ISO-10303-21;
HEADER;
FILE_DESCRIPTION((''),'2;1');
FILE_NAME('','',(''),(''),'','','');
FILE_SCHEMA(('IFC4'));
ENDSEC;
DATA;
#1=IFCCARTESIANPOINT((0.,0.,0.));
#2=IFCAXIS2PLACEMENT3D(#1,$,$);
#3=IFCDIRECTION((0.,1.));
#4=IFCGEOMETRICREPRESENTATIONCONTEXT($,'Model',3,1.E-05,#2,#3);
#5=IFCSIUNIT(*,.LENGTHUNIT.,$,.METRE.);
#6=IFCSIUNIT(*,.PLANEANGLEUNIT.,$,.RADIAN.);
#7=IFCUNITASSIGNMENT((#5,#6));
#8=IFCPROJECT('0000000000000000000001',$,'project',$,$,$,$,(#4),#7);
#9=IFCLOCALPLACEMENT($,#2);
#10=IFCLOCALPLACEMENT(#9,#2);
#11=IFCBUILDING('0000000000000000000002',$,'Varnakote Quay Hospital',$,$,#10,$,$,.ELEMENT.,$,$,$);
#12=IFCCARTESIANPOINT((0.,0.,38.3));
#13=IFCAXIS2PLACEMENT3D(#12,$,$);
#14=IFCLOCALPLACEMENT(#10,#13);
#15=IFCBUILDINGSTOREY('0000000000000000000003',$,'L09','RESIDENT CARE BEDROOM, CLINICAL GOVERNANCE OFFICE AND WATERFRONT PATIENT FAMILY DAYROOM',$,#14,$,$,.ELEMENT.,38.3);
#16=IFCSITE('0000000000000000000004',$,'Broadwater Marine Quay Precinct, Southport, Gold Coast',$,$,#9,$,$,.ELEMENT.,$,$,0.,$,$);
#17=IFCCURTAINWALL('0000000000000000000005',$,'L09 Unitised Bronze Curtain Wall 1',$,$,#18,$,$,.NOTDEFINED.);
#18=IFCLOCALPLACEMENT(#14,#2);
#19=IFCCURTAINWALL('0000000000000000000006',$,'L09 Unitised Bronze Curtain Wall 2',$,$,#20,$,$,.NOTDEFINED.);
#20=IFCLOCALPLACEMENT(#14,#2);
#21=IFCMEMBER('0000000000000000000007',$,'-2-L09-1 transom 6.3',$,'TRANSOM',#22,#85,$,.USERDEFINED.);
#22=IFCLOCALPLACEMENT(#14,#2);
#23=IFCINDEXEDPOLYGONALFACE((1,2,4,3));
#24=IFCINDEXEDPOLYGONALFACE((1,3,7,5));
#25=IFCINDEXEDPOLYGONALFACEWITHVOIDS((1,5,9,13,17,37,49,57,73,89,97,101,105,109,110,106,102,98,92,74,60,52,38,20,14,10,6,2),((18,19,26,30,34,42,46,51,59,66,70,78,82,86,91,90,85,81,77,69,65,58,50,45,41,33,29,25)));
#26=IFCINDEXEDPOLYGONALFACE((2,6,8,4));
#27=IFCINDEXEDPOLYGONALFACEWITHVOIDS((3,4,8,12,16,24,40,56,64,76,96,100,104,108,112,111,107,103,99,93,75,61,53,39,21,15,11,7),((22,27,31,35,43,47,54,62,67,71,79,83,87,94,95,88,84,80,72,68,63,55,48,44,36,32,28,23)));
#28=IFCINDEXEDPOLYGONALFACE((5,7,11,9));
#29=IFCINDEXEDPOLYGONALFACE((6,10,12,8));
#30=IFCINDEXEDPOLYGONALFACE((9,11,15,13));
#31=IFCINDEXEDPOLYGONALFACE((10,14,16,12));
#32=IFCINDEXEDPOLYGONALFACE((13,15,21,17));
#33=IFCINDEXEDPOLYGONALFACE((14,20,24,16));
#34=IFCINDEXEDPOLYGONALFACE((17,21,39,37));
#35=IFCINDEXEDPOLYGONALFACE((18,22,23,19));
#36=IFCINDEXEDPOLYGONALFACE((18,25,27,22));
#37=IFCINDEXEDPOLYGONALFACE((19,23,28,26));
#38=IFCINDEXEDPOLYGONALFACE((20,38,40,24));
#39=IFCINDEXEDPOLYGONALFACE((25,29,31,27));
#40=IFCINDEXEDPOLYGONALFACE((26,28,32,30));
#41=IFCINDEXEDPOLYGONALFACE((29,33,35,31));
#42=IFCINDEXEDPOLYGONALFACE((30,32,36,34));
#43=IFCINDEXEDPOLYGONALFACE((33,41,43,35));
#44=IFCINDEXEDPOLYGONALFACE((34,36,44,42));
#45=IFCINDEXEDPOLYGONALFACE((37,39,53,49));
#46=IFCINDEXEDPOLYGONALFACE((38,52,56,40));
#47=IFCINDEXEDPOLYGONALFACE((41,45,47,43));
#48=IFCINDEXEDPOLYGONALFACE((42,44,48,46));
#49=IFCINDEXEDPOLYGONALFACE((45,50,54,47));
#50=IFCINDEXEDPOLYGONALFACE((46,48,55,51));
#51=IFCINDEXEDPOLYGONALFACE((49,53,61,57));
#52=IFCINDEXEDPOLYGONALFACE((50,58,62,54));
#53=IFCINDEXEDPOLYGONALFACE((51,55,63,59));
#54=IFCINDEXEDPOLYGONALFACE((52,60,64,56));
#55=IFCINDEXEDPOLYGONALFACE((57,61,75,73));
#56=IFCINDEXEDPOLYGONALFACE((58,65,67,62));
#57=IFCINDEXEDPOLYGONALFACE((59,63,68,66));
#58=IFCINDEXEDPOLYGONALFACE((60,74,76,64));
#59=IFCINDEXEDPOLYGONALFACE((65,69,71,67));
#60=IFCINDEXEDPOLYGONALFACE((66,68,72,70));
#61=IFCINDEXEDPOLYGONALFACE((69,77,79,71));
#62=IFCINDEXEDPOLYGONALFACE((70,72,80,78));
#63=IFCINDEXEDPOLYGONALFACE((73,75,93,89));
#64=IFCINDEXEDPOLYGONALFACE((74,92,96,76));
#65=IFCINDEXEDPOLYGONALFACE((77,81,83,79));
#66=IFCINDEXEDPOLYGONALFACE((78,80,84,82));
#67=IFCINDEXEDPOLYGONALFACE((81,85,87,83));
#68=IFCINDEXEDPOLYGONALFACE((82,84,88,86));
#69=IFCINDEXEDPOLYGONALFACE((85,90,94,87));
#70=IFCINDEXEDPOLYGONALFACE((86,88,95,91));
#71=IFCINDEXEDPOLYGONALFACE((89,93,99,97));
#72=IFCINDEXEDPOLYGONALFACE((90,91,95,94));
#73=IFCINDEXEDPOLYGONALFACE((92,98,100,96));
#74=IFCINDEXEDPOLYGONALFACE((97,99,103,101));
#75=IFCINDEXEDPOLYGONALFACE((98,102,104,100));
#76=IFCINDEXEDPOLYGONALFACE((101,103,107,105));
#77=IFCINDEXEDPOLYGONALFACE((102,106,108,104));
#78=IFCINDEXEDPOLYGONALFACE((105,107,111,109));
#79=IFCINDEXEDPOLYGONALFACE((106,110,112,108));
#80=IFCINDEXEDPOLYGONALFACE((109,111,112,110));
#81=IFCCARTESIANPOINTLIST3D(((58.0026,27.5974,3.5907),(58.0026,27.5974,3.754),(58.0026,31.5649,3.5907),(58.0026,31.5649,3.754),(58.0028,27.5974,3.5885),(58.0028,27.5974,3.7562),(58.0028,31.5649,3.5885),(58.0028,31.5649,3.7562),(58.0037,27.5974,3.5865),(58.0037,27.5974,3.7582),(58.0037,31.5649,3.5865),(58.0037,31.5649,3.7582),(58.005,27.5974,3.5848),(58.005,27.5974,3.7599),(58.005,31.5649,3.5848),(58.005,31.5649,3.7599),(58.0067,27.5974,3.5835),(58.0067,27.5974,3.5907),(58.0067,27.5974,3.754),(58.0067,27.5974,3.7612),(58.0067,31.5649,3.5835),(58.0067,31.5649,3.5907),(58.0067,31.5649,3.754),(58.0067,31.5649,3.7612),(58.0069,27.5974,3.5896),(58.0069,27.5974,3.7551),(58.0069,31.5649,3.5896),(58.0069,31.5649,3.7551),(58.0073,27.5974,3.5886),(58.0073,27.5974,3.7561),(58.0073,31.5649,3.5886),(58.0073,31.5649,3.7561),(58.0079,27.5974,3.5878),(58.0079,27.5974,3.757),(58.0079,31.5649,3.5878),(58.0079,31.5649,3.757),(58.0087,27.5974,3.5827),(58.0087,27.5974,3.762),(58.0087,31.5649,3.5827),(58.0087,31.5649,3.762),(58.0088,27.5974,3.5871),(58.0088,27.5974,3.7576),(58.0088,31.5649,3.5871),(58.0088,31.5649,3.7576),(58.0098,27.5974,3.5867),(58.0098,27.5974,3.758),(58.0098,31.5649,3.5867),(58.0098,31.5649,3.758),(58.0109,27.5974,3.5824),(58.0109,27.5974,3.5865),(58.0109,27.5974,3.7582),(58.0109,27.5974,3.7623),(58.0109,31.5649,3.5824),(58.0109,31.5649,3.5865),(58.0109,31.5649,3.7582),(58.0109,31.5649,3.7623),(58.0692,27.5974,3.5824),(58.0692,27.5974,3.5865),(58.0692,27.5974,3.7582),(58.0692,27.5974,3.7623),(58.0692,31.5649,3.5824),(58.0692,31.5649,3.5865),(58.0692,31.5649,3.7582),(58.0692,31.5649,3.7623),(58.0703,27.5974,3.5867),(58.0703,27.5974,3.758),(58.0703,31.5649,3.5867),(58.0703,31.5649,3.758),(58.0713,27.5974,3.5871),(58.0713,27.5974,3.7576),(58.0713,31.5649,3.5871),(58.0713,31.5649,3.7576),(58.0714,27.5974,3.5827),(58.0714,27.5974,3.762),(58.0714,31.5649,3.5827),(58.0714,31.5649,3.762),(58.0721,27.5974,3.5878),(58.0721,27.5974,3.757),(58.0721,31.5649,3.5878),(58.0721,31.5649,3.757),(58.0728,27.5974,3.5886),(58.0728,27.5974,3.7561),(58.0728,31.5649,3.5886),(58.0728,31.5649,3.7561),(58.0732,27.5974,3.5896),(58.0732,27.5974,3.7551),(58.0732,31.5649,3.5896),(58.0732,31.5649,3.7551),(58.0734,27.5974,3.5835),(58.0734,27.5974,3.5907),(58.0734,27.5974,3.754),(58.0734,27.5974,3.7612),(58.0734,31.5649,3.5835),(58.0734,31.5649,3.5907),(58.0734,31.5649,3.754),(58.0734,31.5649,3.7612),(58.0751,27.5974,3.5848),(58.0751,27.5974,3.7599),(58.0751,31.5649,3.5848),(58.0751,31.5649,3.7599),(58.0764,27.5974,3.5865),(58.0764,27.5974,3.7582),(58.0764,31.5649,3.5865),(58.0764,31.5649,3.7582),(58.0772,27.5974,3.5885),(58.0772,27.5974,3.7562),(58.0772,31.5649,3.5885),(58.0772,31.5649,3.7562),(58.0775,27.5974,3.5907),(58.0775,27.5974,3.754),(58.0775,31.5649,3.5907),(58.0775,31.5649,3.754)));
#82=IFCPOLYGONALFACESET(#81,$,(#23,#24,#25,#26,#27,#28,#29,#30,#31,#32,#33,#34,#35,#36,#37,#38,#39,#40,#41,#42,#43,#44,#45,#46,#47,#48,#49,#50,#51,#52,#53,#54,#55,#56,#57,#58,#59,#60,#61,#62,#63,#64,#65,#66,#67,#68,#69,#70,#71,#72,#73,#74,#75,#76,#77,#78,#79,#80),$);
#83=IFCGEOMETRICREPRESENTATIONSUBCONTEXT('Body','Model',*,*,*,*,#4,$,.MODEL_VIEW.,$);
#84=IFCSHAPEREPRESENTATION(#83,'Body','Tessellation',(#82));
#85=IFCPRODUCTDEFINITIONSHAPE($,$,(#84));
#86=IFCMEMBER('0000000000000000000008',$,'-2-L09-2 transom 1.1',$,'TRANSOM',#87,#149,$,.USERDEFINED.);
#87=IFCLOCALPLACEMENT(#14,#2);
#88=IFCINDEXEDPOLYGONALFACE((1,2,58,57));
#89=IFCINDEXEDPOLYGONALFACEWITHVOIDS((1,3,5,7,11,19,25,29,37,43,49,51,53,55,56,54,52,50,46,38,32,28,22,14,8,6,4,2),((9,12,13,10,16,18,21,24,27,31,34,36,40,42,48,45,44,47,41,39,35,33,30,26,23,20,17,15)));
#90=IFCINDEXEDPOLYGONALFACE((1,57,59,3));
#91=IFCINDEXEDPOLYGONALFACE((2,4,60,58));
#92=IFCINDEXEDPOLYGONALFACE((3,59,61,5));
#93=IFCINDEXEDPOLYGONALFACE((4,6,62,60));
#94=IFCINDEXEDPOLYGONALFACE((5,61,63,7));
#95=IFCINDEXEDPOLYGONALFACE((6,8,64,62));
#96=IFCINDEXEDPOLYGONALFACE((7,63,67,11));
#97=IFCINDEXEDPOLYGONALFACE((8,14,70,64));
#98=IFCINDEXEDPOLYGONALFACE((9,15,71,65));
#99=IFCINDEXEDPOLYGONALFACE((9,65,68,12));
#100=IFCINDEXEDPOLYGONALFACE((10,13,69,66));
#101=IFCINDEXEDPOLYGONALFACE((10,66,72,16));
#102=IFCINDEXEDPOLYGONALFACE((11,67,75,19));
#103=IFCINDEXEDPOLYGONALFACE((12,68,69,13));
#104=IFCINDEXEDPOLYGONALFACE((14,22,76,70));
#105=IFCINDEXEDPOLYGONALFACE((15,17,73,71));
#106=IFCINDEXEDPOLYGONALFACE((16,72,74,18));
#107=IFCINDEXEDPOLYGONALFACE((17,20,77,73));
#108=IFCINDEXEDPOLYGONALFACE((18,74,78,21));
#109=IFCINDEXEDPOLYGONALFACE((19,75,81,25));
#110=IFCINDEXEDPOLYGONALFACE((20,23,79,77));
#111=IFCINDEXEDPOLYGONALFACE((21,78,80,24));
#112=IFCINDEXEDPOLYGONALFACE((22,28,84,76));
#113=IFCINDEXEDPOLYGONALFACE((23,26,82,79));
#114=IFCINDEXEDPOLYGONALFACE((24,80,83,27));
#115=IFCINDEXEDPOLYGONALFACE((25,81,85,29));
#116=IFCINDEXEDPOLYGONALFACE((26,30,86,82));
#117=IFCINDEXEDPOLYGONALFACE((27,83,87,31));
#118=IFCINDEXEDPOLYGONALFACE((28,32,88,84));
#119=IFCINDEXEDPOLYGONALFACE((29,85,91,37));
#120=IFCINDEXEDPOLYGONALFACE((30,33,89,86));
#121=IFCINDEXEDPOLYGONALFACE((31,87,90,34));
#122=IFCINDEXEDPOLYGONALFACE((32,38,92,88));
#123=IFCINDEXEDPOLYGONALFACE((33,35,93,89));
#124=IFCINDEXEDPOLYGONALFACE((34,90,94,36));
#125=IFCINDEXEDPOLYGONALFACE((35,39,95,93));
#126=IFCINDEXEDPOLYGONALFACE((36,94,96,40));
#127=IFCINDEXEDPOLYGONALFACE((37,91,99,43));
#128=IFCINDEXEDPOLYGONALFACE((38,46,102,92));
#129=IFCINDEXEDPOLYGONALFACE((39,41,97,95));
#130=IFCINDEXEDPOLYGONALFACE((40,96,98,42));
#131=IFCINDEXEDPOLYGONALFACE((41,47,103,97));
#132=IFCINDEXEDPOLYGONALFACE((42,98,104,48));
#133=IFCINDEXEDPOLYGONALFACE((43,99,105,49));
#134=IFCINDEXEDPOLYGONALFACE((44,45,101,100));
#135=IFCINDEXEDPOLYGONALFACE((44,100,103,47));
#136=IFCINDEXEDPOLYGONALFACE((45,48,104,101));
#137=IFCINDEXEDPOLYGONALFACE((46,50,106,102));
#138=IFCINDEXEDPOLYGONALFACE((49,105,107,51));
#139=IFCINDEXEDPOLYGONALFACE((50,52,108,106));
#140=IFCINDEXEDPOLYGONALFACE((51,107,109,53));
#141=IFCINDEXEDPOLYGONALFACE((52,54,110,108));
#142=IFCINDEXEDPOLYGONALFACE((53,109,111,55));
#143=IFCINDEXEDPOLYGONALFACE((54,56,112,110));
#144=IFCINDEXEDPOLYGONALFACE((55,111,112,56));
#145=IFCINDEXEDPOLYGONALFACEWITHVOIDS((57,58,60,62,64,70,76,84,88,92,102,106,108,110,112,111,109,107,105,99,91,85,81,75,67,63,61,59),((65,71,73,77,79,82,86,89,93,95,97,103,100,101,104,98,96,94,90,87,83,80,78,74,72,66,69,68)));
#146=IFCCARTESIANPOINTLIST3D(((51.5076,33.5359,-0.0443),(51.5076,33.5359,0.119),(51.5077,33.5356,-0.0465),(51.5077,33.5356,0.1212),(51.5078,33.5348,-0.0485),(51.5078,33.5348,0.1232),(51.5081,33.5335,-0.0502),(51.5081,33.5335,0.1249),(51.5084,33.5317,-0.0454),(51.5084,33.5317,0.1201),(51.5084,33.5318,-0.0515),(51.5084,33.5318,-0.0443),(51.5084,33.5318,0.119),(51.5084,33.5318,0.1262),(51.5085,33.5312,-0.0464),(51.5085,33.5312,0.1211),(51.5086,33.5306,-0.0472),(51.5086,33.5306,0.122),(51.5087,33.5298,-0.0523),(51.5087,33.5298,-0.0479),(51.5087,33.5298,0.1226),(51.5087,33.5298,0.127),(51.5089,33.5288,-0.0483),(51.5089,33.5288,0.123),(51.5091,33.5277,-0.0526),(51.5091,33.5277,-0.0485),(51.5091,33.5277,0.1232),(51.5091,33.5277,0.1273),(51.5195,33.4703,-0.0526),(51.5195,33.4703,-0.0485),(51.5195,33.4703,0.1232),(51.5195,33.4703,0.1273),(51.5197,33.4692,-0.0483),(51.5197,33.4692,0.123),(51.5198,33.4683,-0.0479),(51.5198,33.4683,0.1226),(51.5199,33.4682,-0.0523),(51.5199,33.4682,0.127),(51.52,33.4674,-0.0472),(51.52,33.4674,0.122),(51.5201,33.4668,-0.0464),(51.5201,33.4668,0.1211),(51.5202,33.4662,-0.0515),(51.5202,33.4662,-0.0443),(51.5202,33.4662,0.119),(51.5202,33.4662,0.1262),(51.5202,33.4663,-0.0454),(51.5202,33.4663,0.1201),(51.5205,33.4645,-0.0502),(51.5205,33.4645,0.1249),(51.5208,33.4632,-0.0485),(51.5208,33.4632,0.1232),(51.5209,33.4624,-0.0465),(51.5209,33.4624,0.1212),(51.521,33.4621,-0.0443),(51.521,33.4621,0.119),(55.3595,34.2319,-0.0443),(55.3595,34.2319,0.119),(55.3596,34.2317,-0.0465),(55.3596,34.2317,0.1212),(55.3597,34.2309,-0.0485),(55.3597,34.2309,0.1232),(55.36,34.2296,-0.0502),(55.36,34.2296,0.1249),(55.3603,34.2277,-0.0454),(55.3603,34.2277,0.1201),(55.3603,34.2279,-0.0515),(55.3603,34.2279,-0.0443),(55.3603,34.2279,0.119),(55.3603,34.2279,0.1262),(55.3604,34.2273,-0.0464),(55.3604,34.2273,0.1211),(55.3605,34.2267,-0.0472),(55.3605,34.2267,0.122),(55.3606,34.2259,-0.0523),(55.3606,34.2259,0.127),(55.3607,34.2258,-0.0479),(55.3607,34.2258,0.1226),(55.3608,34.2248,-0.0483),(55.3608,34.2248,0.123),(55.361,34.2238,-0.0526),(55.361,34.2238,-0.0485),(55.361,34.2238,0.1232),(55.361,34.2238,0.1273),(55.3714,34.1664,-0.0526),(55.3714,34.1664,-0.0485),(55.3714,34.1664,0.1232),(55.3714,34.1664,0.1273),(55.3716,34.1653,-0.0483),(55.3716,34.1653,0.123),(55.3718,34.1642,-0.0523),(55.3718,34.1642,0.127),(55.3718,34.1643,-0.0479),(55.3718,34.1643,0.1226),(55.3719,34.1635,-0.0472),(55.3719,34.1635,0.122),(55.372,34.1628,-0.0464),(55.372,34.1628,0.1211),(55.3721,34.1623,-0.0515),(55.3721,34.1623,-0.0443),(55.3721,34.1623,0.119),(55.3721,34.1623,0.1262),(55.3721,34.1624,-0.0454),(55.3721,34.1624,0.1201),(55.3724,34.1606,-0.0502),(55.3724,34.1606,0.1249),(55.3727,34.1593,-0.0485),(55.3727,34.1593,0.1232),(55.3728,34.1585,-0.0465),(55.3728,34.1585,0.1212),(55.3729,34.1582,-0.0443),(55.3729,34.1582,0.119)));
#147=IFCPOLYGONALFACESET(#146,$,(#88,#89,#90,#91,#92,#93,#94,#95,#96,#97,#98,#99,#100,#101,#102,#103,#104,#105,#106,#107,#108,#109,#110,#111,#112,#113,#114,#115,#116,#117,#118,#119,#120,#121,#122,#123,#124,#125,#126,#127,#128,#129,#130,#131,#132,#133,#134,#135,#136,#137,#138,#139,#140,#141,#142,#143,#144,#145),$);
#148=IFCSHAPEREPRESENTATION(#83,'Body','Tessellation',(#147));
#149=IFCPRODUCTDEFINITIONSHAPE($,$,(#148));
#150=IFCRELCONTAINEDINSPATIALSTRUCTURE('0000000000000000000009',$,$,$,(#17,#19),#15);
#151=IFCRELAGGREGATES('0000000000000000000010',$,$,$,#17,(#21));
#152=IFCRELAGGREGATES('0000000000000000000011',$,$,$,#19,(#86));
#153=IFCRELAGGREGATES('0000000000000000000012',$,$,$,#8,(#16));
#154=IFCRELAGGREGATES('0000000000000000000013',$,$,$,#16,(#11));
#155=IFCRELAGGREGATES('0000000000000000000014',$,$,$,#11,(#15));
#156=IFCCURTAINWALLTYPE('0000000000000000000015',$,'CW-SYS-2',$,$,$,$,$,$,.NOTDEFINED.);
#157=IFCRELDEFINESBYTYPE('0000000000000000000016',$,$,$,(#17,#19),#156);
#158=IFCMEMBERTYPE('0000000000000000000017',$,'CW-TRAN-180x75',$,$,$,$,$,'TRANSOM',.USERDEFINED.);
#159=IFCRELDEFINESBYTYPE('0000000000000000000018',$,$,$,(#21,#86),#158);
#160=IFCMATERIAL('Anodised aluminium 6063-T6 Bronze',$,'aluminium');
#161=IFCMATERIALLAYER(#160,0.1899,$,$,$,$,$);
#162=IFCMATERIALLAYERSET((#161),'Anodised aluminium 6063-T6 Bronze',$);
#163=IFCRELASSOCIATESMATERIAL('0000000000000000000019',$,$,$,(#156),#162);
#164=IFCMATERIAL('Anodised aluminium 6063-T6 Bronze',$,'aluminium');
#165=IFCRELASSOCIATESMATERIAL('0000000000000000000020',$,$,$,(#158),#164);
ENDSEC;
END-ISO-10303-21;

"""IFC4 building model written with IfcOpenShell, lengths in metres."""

from ifc_helpers import new_model, si_unit, direction, frame, origin, origin_2d, place, context, subcontext, project, spatial, hollow_rectangle, extrude, material, layer, layer_set, material_profile, profile_set, type_object, element, aggregate, save


model = new_model("IFC4")

# Units and contexts
model_context = context("Model", 3, precision=1e-05, world=origin(), true_north=direction((0.0, 1.0)))
body_context = subcontext(model_context, "Body", "Model", "MODEL_VIEW")
ifc_project = project(units=[si_unit("LENGTHUNIT", "METRE"), si_unit("PLANEANGLEUNIT", "RADIAN")], contexts=[model_context])

# Site, building, storey
site_placement = place(None, origin())
site = spatial("IfcSite", under=ifc_project, at=site_placement, Name="Broadwater Marine Quay Precinct, Southport, Gold Coast", CompositionType="ELEMENT", RefElevation=0.0)
building_placement = place(site_placement, origin())
building = spatial("IfcBuilding", under=site, at=building_placement, Name="Varnakote Quay Hospital", CompositionType="ELEMENT")
storey_placement = place(building_placement, frame((0.0, 0.0, 38.3)))
storey = spatial("IfcBuildingStorey", under=building, at=storey_placement, Name="L09", Description="RESIDENT CARE BEDROOM, CLINICAL GOVERNANCE OFFICE AND WATERFRONT PATIENT FAMILY DAYROOM", CompositionType="ELEMENT", Elevation=38.3)

# Curtain wall
ifc_material_1 = material(Name="Anodised aluminium 6063-T6 Bronze", Category="aluminium")
ifc_layer_1 = layer(ifc_material_1, 0.1899)
ifc_layer_set_1 = layer_set([ifc_layer_1], Name="Anodised aluminium 6063-T6 Bronze")
curtain_wall_type = type_object("IfcCurtainWallType", Name="CW-SYS-2", PredefinedType="NOTDEFINED", material=ifc_layer_set_1)
curtain_wall_1_placement = place(storey_placement, origin())
curtain_wall_1 = element("IfcCurtainWall", 1, at=curtain_wall_1_placement, inside=storey, type_object=curtain_wall_type, Name="L09 Unitised Bronze Curtain Wall 1", PredefinedType="NOTDEFINED")

# Curtain wall
curtain_wall_2_placement = place(storey_placement, origin())
curtain_wall_2 = element("IfcCurtainWall", 2, at=curtain_wall_2_placement, inside=storey, type_object=curtain_wall_type, Name="L09 Unitised Bronze Curtain Wall 2", PredefinedType="NOTDEFINED")

# Members
ifc_material_2 = material(Name="Anodised aluminium 6063-T6 Bronze", Category="aluminium")
ifc_material_profile_1 = material_profile(ifc_material_2, hollow_rectangle(XDim=0.075, YDim=0.1799, WallThickness=0.0042, InnerFilletRadius=0.0042, OuterFilletRadius=0.0083, at=origin_2d()), Name="CW-TRAN-180x75")
ifc_profile_set_1 = profile_set([ifc_material_profile_1], Name="Anodised aluminium 6063-T6 Bronze")
member_type_1 = type_object("IfcMemberType", Name="CW-TRAN-180x75", ElementType="TRANSOM", PredefinedType="USERDEFINED", material=ifc_profile_set_1)
member_1_placement = place(storey_placement, frame((58.04, 27.5974, 3.6724), z_axis=(0.0, 1.0, 0.0), x_axis=(-1.0, 0.0, 0.0)))
member_1 = element("IfcMember", 3, at=member_1_placement, type_object=member_type_1, Name="-2-L09-1 transom 6.3", ObjectType="TRANSOM", PredefinedType="USERDEFINED", context=body_context, shape_type="SweptSolid", body=[
    extrude(hollow_rectangle(XDim=0.075, YDim=0.1799, WallThickness=0.0042, InnerFilletRadius=0.0042, OuterFilletRadius=0.0083, at=origin_2d()), origin(), (0.0, 0.0, 1.0), 3.9675),
])
member_2_placement = place(storey_placement, frame((55.3662, 34.1951, 0.0374), z_axis=(-0.984062, -0.177826, 0.0), x_axis=(0.177826, -0.984062, 0.0)))
member_2 = element("IfcMember", 4, at=member_2_placement, type_object=member_type_1, Name="-2-L09-2 transom 1.1", ObjectType="TRANSOM", PredefinedType="USERDEFINED", context=body_context, shape_type="SweptSolid", body=[
    extrude(hollow_rectangle(XDim=0.075, YDim=0.1799, WallThickness=0.0042, InnerFilletRadius=0.0042, OuterFilletRadius=0.0083, at=origin_2d()), origin(), (0.0, 0.0, 1.0), 3.9143),
])

aggregate(curtain_wall_1, [member_1])
aggregate(curtain_wall_2, [member_2])

save(model, "model.ifc")
